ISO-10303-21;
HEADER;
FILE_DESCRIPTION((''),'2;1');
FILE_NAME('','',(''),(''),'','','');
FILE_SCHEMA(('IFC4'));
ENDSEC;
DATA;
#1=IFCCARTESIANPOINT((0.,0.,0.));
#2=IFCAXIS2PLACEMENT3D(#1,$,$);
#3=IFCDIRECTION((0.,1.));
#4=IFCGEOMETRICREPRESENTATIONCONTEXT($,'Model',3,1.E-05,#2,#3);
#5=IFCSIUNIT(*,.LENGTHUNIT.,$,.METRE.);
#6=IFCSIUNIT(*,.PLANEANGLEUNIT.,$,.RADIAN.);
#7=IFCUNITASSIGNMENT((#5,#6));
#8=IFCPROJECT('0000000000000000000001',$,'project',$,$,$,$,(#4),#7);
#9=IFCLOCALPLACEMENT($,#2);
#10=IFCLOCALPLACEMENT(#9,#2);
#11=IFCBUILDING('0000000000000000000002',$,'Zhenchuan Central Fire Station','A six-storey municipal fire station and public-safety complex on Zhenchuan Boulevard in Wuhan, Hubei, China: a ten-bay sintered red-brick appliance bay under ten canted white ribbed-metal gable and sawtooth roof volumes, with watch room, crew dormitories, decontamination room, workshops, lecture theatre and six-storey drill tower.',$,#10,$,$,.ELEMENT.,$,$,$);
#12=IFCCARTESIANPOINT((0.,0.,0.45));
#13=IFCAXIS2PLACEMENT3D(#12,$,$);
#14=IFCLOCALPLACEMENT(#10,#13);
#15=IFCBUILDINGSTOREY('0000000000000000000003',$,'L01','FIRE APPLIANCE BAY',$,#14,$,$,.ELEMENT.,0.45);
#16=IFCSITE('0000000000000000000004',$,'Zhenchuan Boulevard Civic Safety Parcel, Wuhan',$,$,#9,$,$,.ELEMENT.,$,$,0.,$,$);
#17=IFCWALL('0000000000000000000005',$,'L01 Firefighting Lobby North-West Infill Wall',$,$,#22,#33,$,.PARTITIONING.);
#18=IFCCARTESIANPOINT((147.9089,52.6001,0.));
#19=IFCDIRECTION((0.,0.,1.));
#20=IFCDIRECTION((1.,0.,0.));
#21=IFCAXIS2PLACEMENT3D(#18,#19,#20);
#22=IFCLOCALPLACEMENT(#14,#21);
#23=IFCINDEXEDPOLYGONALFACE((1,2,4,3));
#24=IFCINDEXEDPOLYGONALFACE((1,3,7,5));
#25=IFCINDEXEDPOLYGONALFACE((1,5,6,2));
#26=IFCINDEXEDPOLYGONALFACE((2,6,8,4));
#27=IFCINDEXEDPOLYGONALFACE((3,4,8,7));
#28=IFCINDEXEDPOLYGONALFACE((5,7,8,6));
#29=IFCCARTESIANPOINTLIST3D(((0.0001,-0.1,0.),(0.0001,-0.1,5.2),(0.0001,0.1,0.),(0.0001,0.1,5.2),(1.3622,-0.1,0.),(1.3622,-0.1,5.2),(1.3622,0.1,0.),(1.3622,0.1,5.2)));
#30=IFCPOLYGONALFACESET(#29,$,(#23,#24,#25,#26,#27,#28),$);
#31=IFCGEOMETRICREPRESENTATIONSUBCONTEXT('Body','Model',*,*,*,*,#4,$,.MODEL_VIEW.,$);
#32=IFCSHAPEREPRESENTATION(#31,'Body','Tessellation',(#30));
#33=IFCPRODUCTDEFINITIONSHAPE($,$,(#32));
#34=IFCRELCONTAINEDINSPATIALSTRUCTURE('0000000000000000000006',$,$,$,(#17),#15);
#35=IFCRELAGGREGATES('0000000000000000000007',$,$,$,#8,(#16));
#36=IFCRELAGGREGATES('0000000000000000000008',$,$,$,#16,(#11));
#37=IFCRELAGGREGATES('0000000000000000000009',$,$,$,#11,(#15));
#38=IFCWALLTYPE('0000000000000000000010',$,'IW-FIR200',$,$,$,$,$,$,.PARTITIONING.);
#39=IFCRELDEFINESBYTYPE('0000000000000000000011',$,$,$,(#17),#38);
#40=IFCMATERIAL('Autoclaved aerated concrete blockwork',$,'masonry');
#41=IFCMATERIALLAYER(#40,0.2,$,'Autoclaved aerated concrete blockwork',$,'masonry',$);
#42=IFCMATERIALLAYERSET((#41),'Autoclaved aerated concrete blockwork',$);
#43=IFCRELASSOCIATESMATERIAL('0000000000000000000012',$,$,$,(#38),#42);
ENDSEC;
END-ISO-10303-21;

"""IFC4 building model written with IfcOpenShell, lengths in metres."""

from ifc_helpers import new_model, si_unit, direction, frame, frame_2d, origin, place, context, subcontext, project, spatial, rectangle, extrude, material, layer, layer_set, type_object, element, save


model = new_model("IFC4")

# Units and contexts
model_context = context("Model", 3, precision=1e-05, world=origin(), true_north=direction((0.0, 1.0)))
body_context = subcontext(model_context, "Body", "Model", "MODEL_VIEW")
ifc_project = project(units=[si_unit("LENGTHUNIT", "METRE"), si_unit("PLANEANGLEUNIT", "RADIAN")], contexts=[model_context])

# Site, building, storey
site_placement = place(None, origin())
site = spatial("IfcSite", under=ifc_project, at=site_placement, Name="Zhenchuan Boulevard Civic Safety Parcel, Wuhan", CompositionType="ELEMENT", RefElevation=0.0)
building_placement = place(site_placement, origin())
building = spatial("IfcBuilding", under=site, at=building_placement, Name="Zhenchuan Central Fire Station", Description="A six-storey municipal fire station and public-safety complex on Zhenchuan Boulevard in Wuhan, Hubei, China: a ten-bay sintered red-brick appliance bay under ten canted white ribbed-metal gable and sawtooth roof volumes, with watch room, crew dormitories, decontamination room, workshops, lecture theatre and six-storey drill tower.", CompositionType="ELEMENT")
storey_placement = place(building_placement, frame((0.0, 0.0, 0.45)))
storey = spatial("IfcBuildingStorey", under=building, at=storey_placement, Name="L01", Description="FIRE APPLIANCE BAY", CompositionType="ELEMENT", Elevation=0.45)

# Wall
ifc_material_1 = material(Name="Autoclaved aerated concrete blockwork", Category="masonry")
ifc_layer_1 = layer(ifc_material_1, 0.2, Name="Autoclaved aerated concrete blockwork", Category="masonry")
ifc_layer_set_1 = layer_set([ifc_layer_1], Name="Autoclaved aerated concrete blockwork")
wall_type_1 = type_object("IfcWallType", Name="IW-FIR200", PredefinedType="PARTITIONING", material=ifc_layer_set_1)
wall_1_placement = place(storey_placement, frame((147.9089, 52.6001, 0.0), z_axis=(0.0, 0.0, 1.0), x_axis=(1.0, 0.0, 0.0)))
element("IfcWall", 1, at=wall_1_placement, inside=storey, type_object=wall_type_1, Name="L01 Firefighting Lobby North-West Infill Wall", PredefinedType="PARTITIONING", context=body_context, shape_type="SweptSolid", body=[
    extrude(rectangle(XDim=1.3621, YDim=0.2, at=frame_2d((0.6812, 0.0))), origin(), (0.0, 0.0, 1.0), 5.2),
])

save(model, "model.ifc")
